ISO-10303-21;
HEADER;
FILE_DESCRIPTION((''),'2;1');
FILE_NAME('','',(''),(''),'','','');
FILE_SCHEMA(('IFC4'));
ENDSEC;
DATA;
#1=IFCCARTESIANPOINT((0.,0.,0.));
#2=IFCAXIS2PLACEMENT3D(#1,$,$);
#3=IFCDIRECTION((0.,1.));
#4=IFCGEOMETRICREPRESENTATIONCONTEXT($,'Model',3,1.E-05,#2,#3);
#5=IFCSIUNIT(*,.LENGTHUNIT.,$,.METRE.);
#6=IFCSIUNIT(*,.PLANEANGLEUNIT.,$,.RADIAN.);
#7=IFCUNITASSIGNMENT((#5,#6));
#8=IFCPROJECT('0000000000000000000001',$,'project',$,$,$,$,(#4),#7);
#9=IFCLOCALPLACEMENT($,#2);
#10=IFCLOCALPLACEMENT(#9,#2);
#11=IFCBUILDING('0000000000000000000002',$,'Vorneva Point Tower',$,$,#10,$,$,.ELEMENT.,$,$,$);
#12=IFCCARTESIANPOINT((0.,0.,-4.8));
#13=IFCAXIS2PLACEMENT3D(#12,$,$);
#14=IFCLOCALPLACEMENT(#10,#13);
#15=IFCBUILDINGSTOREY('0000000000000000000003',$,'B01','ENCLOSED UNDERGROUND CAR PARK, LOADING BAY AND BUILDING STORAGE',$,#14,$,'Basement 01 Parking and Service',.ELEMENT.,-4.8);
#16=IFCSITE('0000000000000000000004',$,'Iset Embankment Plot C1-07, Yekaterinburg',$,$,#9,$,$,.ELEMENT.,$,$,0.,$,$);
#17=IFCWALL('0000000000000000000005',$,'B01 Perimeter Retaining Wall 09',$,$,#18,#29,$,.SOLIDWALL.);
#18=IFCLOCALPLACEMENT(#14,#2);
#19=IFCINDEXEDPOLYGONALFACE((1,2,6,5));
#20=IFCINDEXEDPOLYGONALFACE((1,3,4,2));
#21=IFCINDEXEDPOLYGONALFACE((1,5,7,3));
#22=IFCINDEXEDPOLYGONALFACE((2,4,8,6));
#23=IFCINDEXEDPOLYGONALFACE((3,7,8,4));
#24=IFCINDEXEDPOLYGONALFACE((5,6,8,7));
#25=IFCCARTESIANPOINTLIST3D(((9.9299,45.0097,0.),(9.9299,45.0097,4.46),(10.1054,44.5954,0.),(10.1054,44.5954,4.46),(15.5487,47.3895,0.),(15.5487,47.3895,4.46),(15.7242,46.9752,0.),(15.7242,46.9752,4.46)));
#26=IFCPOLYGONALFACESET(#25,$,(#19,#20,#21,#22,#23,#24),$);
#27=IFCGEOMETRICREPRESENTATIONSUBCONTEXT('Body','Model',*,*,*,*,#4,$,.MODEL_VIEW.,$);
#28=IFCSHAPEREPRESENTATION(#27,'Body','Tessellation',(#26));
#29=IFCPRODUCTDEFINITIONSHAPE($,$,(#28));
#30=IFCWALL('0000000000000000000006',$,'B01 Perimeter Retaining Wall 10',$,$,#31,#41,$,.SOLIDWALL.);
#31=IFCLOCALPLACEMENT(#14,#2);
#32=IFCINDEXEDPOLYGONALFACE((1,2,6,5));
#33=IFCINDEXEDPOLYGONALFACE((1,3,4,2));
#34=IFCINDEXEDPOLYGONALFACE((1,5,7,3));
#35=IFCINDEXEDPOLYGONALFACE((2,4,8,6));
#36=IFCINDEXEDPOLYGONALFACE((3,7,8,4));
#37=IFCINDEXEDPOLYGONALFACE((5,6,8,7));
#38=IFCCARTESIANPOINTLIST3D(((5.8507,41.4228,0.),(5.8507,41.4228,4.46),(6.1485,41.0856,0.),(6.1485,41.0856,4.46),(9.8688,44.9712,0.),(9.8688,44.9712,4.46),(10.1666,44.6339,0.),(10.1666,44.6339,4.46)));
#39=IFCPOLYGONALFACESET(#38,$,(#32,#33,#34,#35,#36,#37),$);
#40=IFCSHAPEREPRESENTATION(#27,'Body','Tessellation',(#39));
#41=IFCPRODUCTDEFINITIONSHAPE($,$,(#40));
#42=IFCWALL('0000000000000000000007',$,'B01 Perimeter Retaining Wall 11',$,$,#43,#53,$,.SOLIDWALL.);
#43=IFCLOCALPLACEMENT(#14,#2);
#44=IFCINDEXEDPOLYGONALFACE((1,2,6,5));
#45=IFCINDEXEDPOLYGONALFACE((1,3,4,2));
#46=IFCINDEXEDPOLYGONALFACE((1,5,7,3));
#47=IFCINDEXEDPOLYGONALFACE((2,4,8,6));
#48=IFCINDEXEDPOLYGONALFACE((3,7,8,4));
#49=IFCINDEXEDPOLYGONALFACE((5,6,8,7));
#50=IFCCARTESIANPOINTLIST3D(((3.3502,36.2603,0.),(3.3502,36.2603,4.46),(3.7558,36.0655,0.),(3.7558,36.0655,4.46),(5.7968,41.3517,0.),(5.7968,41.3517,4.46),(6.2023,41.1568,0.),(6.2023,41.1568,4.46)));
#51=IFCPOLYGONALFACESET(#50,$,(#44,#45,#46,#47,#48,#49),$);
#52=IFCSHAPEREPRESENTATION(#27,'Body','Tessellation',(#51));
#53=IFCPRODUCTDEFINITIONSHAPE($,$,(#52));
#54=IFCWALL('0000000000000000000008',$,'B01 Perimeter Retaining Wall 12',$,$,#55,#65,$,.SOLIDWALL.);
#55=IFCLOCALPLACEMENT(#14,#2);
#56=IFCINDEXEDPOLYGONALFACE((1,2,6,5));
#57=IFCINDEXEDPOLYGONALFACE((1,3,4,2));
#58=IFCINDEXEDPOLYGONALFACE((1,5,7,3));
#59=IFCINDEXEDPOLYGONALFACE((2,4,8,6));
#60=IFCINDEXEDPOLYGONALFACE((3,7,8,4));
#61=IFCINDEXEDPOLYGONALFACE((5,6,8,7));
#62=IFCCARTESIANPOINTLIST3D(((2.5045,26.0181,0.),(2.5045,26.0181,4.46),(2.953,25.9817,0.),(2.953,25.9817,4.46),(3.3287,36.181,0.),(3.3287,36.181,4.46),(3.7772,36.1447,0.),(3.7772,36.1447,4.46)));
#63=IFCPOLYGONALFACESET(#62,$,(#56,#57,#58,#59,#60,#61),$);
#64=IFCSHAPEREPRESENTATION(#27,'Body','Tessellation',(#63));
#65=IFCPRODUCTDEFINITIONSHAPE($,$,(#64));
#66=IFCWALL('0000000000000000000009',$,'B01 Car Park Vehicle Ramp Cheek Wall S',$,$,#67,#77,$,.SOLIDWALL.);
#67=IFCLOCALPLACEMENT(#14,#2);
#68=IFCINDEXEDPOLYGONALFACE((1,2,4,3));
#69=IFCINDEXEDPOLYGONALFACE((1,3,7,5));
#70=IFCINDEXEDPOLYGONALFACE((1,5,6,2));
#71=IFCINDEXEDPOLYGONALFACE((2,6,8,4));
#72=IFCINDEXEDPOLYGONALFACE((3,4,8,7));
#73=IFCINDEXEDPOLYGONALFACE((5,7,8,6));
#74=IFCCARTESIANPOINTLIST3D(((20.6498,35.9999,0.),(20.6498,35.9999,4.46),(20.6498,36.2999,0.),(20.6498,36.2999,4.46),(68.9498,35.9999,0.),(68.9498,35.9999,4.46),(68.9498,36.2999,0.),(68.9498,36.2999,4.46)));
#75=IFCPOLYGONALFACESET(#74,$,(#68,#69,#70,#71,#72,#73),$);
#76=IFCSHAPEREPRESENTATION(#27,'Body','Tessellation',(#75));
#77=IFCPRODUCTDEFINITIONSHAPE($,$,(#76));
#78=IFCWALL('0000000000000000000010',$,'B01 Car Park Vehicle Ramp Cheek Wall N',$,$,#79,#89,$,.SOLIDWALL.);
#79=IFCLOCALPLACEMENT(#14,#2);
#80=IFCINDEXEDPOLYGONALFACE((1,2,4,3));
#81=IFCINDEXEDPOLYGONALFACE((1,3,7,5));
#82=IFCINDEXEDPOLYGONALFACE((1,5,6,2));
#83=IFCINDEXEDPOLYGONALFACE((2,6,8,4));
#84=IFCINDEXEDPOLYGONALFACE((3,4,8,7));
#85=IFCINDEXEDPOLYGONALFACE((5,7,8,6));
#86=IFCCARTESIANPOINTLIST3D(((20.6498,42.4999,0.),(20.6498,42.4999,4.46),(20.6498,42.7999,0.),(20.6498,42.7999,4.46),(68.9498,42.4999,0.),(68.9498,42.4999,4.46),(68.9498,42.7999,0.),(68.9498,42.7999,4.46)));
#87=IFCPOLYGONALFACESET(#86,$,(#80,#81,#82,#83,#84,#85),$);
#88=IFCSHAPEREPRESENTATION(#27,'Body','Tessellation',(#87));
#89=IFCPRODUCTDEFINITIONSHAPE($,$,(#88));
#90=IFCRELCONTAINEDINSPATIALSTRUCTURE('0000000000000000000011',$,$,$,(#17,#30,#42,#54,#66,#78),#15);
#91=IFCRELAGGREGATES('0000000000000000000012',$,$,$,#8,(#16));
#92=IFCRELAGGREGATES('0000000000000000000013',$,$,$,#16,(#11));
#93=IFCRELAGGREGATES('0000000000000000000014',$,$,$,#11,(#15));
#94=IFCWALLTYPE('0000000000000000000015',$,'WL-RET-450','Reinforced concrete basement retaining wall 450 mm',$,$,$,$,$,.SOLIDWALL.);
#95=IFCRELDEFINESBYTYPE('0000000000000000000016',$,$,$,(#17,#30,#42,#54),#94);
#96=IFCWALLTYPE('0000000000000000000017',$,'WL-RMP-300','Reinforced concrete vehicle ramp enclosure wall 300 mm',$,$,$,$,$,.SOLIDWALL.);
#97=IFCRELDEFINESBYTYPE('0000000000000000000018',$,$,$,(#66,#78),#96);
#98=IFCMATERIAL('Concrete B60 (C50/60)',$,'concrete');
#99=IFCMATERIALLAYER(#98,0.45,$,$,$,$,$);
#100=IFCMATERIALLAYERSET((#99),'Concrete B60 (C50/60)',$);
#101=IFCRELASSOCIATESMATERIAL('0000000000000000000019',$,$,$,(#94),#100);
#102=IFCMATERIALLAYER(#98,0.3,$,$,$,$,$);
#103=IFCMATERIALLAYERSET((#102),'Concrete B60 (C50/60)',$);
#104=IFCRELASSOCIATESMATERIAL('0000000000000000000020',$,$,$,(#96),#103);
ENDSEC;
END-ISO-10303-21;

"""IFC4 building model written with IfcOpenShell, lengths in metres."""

from ifc_helpers import new_model, si_unit, direction, frame, frame_2d, origin, place, context, subcontext, project, spatial, rectangle, extrude, material, layer, layer_set, type_object, element, save


model = new_model("IFC4")

# Units and contexts
model_context = context("Model", 3, precision=1e-05, world=origin(), true_north=direction((0.0, 1.0)))
body_context = subcontext(model_context, "Body", "Model", "MODEL_VIEW")
ifc_project = project(units=[si_unit("LENGTHUNIT", "METRE"), si_unit("PLANEANGLEUNIT", "RADIAN")], contexts=[model_context])

# Site, building, storey
site_placement = place(None, origin())
site = spatial("IfcSite", under=ifc_project, at=site_placement, Name="Iset Embankment Plot C1-07, Yekaterinburg", CompositionType="ELEMENT", RefElevation=0.0)
building_placement = place(site_placement, origin())
building = spatial("IfcBuilding", under=site, at=building_placement, Name="Vorneva Point Tower", CompositionType="ELEMENT")
storey_placement = place(building_placement, frame((0.0, 0.0, -4.8)))
storey = spatial("IfcBuildingStorey", under=building, at=storey_placement, Name="B01", Description="ENCLOSED UNDERGROUND CAR PARK, LOADING BAY AND BUILDING STORAGE", LongName="Basement 01 Parking and Service", CompositionType="ELEMENT", Elevation=-4.8)

# Shared definitions
ifc_material_1 = material(Name="Concrete B60 (C50/60)", Category="concrete")

# Walls
ifc_layer_1 = layer(ifc_material_1, 0.45)
ifc_layer_set_1 = layer_set([ifc_layer_1], Name="Concrete B60 (C50/60)")
wall_type_1 = type_object("IfcWallType", Name="WL-RET-450", Description="Reinforced concrete basement retaining wall 450 mm", PredefinedType="SOLIDWALL", material=ifc_layer_set_1)
wall_1_placement = place(storey_placement, frame((15.6365, 47.1824, 0.0), z_axis=(0.0, 0.0, 1.0), x_axis=(-0.920811, -0.390009, 0.0)))
element("IfcWall", 1, at=wall_1_placement, inside=storey, type_object=wall_type_1, Name="B01 Perimeter Retaining Wall 09", PredefinedType="SOLIDWALL", context=body_context, shape_type="SweptSolid", body=[
    extrude(rectangle(XDim=6.1021, YDim=0.45, at=frame_2d((3.051, 0.0))), origin(), (0.0, 0.0, 1.0), 4.46),
])
wall_2_placement = place(storey_placement, frame((10.0176, 44.8025, 0.0), z_axis=(0.0, 0.0, 1.0), x_axis=(-0.749561, -0.661935, 0.0)))
element("IfcWall", 2, at=wall_2_placement, inside=storey, type_object=wall_type_1, Name="B01 Perimeter Retaining Wall 10", PredefinedType="SOLIDWALL", context=body_context, shape_type="SweptSolid", body=[
    extrude(rectangle(XDim=5.3606, YDim=0.45, at=frame_2d((2.6802, 0.0))), origin(), (0.0, 0.0, 1.0), 4.46),
])
wall_3_placement = place(storey_placement, frame((5.9995, 41.2542, 0.0), z_axis=(0.0, 0.0, 1.0), x_axis=(-0.43312, -0.901336, 0.0)))
element("IfcWall", 3, at=wall_3_placement, inside=storey, type_object=wall_type_1, Name="B01 Perimeter Retaining Wall 11", PredefinedType="SOLIDWALL", context=body_context, shape_type="SweptSolid", body=[
    extrude(rectangle(XDim=5.6487, YDim=0.45, at=frame_2d((2.8242, 0.0))), origin(), (0.0, 0.0, 1.0), 4.46),
])
wall_4_placement = place(storey_placement, frame((3.553, 36.1628, 0.0), z_axis=(0.0, 0.0, 1.0), x_axis=(-0.080836, -0.996727, 0.0)))
element("IfcWall", 4, at=wall_4_placement, inside=storey, type_object=wall_type_1, Name="B01 Perimeter Retaining Wall 12", PredefinedType="SOLIDWALL", context=body_context, shape_type="SweptSolid", body=[
    extrude(rectangle(XDim=10.1963, YDim=0.45, at=frame_2d((5.0981, 0.0))), origin(), (0.0, 0.0, 1.0), 4.46),
])
ifc_layer_2 = layer(ifc_material_1, 0.3)
ifc_layer_set_2 = layer_set([ifc_layer_2], Name="Concrete B60 (C50/60)")
wall_type_2 = type_object("IfcWallType", Name="WL-RMP-300", Description="Reinforced concrete vehicle ramp enclosure wall 300 mm", PredefinedType="SOLIDWALL", material=ifc_layer_set_2)
for number, where, z_axis, x_axis, name in (
    (5, (20.6499, 36.1499, 0.0), (0.0, 0.0, 1.0), (1.0, 0.0, 0.0), "B01 Car Park Vehicle Ramp Cheek Wall S"),
    (6, (20.6499, 42.6499, 0.0), (0.0, 0.0, 1.0), (1.0, 0.0, 0.0), "B01 Car Park Vehicle Ramp Cheek Wall N"),
):
    element("IfcWall", number, at=place(storey_placement, frame(where, z_axis=z_axis, x_axis=x_axis)), inside=storey, type_object=wall_type_2, Name=name, PredefinedType="SOLIDWALL", context=body_context, shape_type="SweptSolid", body=[
        extrude(rectangle(XDim=48.3, YDim=0.3, at=frame_2d((24.1499, 0.0))), origin(), (0.0, 0.0, 1.0), 4.46),
    ])

save(model, "model.ifc")
